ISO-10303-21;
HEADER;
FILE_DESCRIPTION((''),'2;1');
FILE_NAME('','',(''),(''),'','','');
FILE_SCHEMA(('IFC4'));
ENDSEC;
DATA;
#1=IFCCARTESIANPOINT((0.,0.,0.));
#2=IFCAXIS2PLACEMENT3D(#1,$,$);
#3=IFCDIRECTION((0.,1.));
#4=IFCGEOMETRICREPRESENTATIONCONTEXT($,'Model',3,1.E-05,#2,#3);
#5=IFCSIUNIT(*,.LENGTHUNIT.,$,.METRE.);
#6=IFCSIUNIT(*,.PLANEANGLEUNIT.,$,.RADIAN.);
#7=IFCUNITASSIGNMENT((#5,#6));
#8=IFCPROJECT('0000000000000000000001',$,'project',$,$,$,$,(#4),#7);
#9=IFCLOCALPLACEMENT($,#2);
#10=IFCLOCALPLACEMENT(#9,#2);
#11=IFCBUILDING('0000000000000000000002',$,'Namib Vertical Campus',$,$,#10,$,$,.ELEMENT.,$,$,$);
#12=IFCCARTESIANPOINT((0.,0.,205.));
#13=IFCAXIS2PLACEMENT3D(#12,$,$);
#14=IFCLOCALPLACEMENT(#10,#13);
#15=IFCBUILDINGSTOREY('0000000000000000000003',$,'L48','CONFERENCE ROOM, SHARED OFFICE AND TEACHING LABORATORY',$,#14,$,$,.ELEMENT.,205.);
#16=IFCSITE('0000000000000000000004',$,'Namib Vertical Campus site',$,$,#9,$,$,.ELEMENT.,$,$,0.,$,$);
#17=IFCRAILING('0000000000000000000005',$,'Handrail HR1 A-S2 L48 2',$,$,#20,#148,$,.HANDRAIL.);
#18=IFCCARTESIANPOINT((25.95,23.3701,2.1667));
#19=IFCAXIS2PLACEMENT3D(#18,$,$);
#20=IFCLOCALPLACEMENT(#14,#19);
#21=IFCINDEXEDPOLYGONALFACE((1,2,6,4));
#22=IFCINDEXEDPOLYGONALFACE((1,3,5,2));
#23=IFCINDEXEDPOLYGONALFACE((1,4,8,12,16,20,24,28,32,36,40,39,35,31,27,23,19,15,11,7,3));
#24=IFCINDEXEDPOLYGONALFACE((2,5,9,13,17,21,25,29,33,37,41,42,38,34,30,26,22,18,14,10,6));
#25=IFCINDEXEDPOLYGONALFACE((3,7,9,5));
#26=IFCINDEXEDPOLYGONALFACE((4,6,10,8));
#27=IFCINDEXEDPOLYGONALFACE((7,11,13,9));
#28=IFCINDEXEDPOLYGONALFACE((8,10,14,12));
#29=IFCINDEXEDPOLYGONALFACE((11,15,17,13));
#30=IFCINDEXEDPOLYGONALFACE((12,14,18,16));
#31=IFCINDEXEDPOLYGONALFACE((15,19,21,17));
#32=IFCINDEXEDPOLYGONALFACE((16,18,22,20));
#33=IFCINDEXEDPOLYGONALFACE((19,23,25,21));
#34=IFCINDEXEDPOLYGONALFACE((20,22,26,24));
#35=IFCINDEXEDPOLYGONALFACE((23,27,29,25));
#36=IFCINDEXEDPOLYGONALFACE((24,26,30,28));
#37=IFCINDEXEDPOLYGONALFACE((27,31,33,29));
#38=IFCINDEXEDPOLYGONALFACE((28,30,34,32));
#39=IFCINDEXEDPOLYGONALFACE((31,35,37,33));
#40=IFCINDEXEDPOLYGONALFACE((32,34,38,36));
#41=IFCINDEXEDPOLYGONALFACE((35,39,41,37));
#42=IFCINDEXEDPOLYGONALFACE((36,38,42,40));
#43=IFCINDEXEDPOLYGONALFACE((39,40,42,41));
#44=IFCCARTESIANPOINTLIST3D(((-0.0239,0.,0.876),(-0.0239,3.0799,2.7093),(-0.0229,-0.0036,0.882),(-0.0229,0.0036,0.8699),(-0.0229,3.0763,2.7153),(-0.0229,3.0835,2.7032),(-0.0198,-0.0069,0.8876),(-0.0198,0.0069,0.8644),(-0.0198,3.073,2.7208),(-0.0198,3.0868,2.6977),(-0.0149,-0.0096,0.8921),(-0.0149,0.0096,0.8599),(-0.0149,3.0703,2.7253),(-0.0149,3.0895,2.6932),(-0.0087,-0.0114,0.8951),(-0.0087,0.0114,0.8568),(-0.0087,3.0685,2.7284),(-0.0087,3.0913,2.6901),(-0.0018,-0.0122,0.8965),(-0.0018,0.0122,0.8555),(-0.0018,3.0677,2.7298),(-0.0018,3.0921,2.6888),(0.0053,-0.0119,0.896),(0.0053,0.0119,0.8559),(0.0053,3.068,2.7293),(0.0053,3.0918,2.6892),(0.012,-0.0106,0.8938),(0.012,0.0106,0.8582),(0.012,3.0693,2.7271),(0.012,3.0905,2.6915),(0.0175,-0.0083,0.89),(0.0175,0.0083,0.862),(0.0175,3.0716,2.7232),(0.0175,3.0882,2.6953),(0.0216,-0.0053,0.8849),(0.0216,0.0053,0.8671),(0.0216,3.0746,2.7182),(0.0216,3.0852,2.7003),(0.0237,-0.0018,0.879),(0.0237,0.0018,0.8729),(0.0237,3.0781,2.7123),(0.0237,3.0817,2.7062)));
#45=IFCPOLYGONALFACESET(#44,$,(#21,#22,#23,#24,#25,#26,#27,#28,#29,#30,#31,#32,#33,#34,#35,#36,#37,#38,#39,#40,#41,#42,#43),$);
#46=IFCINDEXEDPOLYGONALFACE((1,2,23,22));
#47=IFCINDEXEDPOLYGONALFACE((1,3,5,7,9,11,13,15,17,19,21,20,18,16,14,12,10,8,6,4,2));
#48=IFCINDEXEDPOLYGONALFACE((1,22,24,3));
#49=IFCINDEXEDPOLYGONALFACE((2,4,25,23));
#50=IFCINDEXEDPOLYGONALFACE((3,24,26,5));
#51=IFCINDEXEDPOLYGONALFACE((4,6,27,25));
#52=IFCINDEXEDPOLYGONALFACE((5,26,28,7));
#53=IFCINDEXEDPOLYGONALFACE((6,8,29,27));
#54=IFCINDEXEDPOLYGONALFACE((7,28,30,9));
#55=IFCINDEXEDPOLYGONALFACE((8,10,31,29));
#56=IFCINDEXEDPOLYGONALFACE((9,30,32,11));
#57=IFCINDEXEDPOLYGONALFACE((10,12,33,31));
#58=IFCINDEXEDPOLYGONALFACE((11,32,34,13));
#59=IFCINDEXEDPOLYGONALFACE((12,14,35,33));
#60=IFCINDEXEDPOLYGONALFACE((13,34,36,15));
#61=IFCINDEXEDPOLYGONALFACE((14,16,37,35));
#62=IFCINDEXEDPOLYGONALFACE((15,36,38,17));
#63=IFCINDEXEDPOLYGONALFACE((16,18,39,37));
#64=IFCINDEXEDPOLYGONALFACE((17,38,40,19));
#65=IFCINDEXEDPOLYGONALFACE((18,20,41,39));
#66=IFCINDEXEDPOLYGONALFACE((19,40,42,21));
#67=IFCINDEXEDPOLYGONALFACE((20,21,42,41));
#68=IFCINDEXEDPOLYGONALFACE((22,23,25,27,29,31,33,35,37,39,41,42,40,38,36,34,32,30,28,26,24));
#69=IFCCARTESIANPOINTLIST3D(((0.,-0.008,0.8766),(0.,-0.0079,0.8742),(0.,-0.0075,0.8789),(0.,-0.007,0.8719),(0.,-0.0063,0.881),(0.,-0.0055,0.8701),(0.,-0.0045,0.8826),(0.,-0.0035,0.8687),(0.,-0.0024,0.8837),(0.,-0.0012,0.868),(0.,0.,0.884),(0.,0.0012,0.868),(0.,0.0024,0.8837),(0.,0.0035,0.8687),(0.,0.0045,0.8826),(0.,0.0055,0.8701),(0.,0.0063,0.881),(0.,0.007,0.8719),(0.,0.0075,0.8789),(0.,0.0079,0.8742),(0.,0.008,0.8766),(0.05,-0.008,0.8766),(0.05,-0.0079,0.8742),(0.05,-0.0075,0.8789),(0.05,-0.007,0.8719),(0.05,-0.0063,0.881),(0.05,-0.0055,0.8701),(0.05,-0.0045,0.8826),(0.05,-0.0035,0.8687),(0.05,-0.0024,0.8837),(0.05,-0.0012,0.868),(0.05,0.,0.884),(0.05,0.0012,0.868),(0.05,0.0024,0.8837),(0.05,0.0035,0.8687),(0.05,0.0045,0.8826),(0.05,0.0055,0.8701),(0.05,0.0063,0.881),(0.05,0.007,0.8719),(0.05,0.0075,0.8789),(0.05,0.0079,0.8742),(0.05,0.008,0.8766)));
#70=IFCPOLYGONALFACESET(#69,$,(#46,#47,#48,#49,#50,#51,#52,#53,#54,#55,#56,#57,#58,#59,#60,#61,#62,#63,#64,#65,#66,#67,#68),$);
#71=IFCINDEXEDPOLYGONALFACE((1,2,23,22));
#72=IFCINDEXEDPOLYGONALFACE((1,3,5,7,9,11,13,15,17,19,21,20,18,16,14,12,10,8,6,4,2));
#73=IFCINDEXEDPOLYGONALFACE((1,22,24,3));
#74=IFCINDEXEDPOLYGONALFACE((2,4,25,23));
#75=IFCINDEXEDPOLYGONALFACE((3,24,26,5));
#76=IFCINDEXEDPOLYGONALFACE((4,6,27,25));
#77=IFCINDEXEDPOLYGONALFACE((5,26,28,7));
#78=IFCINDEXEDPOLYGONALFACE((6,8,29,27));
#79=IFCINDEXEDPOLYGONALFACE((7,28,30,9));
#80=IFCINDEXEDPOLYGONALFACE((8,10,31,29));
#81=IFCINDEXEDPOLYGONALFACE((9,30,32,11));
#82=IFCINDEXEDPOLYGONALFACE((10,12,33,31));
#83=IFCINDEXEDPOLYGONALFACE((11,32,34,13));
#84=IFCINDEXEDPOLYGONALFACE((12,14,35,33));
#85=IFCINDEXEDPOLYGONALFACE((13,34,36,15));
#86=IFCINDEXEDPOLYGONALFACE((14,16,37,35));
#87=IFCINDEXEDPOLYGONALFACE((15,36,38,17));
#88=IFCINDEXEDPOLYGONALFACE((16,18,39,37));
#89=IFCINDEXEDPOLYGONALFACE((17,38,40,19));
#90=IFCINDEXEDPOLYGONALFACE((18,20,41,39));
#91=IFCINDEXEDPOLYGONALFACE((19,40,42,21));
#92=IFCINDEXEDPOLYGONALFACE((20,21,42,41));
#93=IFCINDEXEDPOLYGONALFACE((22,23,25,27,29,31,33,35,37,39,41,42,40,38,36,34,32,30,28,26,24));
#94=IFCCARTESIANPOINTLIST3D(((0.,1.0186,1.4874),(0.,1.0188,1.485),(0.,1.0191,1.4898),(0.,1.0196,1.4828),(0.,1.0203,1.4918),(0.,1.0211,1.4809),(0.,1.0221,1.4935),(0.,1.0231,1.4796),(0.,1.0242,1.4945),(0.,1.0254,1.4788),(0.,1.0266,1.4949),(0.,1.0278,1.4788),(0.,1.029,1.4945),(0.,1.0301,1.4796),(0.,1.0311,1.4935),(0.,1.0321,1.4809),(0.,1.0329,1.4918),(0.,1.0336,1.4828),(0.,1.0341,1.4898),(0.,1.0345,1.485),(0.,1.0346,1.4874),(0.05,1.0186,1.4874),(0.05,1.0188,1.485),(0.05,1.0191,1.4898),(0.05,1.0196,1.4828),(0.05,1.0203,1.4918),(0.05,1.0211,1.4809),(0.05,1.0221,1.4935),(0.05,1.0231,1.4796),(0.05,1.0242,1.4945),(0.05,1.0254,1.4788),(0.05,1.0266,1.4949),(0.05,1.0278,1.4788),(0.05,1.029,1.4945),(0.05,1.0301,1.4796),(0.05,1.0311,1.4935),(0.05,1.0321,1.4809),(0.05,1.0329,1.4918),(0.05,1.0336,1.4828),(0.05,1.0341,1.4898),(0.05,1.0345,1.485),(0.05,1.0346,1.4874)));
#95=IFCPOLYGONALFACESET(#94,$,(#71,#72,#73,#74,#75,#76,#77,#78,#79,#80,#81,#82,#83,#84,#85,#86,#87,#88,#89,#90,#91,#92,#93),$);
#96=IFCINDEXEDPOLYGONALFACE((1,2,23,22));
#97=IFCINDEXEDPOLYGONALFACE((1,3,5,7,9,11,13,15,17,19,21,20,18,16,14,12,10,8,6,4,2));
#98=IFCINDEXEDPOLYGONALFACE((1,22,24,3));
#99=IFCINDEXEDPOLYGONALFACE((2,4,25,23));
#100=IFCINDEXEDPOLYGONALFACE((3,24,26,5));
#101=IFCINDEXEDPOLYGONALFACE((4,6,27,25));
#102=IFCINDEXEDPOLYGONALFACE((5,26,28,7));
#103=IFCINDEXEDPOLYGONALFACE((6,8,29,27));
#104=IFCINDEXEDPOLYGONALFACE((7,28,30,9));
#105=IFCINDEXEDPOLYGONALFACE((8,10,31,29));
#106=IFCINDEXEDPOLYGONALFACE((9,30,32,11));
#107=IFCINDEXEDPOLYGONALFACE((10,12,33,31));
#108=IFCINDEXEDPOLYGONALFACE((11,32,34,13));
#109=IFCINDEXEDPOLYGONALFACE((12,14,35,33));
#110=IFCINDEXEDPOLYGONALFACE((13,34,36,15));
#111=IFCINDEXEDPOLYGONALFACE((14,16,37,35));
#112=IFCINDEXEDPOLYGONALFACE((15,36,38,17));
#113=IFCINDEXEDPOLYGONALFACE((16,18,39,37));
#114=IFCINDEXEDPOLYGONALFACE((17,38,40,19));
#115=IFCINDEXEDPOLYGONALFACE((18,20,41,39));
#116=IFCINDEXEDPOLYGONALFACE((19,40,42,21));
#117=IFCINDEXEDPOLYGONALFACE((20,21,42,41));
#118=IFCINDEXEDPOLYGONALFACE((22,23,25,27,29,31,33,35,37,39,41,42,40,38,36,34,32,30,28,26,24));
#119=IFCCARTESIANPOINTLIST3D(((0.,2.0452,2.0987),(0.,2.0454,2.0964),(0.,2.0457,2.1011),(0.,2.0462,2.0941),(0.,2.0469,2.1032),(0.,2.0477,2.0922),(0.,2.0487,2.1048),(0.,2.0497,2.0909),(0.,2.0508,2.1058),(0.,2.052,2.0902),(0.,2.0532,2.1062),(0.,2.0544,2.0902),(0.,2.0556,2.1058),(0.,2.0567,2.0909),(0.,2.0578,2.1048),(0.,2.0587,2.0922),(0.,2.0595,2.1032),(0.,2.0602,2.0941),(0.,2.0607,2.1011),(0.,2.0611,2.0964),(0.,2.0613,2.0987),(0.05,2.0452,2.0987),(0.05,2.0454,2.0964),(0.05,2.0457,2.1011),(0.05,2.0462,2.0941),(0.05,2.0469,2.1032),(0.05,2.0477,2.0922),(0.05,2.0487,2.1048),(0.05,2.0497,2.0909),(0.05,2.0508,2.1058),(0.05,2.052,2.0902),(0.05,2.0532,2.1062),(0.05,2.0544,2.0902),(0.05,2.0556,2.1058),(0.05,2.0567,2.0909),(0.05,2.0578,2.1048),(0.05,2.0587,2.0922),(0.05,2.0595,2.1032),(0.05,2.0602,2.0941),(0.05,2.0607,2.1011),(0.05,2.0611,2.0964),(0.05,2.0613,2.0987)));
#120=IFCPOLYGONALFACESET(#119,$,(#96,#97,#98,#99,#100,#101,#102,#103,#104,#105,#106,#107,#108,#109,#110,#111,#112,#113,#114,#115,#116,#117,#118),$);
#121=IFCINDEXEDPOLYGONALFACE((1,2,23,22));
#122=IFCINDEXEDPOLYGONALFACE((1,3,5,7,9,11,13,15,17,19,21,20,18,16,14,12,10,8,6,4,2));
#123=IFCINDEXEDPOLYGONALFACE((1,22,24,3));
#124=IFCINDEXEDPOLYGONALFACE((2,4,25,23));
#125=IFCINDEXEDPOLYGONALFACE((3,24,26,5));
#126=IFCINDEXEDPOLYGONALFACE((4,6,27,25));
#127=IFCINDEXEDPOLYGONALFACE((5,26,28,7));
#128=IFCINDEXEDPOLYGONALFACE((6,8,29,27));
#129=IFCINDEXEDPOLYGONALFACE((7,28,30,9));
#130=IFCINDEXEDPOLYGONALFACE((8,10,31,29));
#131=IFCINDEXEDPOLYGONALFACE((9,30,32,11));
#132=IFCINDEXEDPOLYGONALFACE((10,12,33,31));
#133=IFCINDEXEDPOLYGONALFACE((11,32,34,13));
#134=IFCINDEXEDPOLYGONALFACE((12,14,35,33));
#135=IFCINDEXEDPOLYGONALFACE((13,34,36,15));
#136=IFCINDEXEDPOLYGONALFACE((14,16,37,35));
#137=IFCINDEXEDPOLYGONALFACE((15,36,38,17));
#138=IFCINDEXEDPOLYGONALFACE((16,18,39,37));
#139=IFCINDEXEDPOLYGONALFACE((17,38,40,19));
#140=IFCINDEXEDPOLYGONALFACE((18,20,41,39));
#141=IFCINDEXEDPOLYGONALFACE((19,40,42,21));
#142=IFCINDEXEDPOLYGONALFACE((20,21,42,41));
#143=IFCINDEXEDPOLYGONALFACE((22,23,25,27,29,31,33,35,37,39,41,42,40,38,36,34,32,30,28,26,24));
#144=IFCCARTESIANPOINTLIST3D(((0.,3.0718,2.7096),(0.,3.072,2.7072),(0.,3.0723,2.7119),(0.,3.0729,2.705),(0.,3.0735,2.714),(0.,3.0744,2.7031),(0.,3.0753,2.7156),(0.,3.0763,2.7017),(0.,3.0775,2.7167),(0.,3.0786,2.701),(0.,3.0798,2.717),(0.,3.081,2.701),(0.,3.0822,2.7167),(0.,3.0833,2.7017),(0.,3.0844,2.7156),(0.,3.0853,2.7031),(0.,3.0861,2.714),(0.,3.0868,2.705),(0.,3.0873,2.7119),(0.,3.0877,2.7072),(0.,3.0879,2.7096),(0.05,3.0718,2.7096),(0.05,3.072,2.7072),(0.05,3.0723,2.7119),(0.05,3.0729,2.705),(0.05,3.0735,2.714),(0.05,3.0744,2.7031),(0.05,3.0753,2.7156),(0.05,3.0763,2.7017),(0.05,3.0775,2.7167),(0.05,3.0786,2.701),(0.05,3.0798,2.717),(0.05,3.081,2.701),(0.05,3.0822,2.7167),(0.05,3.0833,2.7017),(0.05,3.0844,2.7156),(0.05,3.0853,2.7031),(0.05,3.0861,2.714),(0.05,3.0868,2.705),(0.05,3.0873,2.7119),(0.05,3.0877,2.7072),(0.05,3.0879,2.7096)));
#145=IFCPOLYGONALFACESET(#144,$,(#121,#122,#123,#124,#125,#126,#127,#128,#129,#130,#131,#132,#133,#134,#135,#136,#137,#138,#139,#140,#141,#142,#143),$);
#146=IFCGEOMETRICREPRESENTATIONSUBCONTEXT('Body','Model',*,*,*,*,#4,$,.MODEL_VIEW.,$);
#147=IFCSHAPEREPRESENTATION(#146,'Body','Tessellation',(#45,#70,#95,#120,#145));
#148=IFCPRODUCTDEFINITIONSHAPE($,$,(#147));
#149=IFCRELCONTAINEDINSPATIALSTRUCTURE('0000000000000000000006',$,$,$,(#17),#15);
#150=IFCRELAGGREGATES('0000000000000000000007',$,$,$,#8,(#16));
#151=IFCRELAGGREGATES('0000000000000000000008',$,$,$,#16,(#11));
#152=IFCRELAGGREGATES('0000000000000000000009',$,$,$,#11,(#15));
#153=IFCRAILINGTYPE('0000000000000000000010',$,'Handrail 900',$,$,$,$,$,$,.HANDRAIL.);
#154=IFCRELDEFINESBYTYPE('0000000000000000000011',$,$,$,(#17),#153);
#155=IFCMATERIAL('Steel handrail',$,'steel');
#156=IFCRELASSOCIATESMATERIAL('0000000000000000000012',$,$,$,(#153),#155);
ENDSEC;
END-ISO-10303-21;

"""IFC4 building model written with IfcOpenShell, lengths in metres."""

from ifc_helpers import new_model, si_unit, direction, frame, origin, origin_2d, place, context, subcontext, project, spatial, circle, extrude, material, type_object, element, save


model = new_model("IFC4")

# Units and contexts
model_context = context("Model", 3, precision=1e-05, world=origin(), true_north=direction((0.0, 1.0)))
body_context = subcontext(model_context, "Body", "Model", "MODEL_VIEW")
ifc_project = project(units=[si_unit("LENGTHUNIT", "METRE"), si_unit("PLANEANGLEUNIT", "RADIAN")], contexts=[model_context])

# Site, building, storey
site_placement = place(None, origin())
site = spatial("IfcSite", under=ifc_project, at=site_placement, Name="Namib Vertical Campus site", CompositionType="ELEMENT", RefElevation=0.0)
building_placement = place(site_placement, origin())
building = spatial("IfcBuilding", under=site, at=building_placement, Name="Namib Vertical Campus", CompositionType="ELEMENT")
storey_placement = place(building_placement, frame((0.0, 0.0, 205.0)))
storey = spatial("IfcBuildingStorey", under=building, at=storey_placement, Name="L48", Description="CONFERENCE ROOM, SHARED OFFICE AND TEACHING LABORATORY", CompositionType="ELEMENT", Elevation=205.0)

# Railing
ifc_material_1 = material(Name="Steel handrail", Category="steel")
railing_type_1 = type_object("IfcRailingType", Name="Handrail 900", PredefinedType="HANDRAIL", material=ifc_material_1)
railing_1_placement = place(storey_placement, frame((25.95, 23.3701, 2.1667)))
element("IfcRailing", 1, at=railing_1_placement, inside=storey, type_object=railing_type_1, Name="Handrail HR1 A-S2 L48 2", PredefinedType="HANDRAIL", context=body_context, shape_type="SweptSolid", body=[
    extrude(circle(Radius=0.0239, at=origin_2d()), frame((0.0, 0.0, 0.876), z_axis=(0.0, 0.859291, 0.511487), x_axis=(-1.0, 0.0, 0.0)), (0.0, 0.0, 1.0), 3.5842),
    extrude(circle(Radius=0.0081, at=origin_2d()), frame((0.0, 0.0, 0.876), z_axis=(1.0, 0.0, 0.0), x_axis=(0.0, 0.0, 1.0)), (0.0, 0.0, 1.0), 0.05),
    extrude(circle(Radius=0.0081, at=origin_2d()), frame((0.0, 1.0266, 1.4868), z_axis=(1.0, 0.0, 0.0), x_axis=(0.0, 0.0, 1.0)), (0.0, 0.0, 1.0), 0.05),
    extrude(circle(Radius=0.0081, at=origin_2d()), frame((0.0, 2.0532, 2.0981), z_axis=(1.0, 0.0, 0.0), x_axis=(0.0, 0.0, 1.0)), (0.0, 0.0, 1.0), 0.05),
    extrude(circle(Radius=0.0081, at=origin_2d()), frame((0.0, 3.0798, 2.709), z_axis=(1.0, 0.0, 0.0), x_axis=(0.0, 0.0, 1.0)), (0.0, 0.0, 1.0), 0.05),
])

save(model, "model.ifc")
